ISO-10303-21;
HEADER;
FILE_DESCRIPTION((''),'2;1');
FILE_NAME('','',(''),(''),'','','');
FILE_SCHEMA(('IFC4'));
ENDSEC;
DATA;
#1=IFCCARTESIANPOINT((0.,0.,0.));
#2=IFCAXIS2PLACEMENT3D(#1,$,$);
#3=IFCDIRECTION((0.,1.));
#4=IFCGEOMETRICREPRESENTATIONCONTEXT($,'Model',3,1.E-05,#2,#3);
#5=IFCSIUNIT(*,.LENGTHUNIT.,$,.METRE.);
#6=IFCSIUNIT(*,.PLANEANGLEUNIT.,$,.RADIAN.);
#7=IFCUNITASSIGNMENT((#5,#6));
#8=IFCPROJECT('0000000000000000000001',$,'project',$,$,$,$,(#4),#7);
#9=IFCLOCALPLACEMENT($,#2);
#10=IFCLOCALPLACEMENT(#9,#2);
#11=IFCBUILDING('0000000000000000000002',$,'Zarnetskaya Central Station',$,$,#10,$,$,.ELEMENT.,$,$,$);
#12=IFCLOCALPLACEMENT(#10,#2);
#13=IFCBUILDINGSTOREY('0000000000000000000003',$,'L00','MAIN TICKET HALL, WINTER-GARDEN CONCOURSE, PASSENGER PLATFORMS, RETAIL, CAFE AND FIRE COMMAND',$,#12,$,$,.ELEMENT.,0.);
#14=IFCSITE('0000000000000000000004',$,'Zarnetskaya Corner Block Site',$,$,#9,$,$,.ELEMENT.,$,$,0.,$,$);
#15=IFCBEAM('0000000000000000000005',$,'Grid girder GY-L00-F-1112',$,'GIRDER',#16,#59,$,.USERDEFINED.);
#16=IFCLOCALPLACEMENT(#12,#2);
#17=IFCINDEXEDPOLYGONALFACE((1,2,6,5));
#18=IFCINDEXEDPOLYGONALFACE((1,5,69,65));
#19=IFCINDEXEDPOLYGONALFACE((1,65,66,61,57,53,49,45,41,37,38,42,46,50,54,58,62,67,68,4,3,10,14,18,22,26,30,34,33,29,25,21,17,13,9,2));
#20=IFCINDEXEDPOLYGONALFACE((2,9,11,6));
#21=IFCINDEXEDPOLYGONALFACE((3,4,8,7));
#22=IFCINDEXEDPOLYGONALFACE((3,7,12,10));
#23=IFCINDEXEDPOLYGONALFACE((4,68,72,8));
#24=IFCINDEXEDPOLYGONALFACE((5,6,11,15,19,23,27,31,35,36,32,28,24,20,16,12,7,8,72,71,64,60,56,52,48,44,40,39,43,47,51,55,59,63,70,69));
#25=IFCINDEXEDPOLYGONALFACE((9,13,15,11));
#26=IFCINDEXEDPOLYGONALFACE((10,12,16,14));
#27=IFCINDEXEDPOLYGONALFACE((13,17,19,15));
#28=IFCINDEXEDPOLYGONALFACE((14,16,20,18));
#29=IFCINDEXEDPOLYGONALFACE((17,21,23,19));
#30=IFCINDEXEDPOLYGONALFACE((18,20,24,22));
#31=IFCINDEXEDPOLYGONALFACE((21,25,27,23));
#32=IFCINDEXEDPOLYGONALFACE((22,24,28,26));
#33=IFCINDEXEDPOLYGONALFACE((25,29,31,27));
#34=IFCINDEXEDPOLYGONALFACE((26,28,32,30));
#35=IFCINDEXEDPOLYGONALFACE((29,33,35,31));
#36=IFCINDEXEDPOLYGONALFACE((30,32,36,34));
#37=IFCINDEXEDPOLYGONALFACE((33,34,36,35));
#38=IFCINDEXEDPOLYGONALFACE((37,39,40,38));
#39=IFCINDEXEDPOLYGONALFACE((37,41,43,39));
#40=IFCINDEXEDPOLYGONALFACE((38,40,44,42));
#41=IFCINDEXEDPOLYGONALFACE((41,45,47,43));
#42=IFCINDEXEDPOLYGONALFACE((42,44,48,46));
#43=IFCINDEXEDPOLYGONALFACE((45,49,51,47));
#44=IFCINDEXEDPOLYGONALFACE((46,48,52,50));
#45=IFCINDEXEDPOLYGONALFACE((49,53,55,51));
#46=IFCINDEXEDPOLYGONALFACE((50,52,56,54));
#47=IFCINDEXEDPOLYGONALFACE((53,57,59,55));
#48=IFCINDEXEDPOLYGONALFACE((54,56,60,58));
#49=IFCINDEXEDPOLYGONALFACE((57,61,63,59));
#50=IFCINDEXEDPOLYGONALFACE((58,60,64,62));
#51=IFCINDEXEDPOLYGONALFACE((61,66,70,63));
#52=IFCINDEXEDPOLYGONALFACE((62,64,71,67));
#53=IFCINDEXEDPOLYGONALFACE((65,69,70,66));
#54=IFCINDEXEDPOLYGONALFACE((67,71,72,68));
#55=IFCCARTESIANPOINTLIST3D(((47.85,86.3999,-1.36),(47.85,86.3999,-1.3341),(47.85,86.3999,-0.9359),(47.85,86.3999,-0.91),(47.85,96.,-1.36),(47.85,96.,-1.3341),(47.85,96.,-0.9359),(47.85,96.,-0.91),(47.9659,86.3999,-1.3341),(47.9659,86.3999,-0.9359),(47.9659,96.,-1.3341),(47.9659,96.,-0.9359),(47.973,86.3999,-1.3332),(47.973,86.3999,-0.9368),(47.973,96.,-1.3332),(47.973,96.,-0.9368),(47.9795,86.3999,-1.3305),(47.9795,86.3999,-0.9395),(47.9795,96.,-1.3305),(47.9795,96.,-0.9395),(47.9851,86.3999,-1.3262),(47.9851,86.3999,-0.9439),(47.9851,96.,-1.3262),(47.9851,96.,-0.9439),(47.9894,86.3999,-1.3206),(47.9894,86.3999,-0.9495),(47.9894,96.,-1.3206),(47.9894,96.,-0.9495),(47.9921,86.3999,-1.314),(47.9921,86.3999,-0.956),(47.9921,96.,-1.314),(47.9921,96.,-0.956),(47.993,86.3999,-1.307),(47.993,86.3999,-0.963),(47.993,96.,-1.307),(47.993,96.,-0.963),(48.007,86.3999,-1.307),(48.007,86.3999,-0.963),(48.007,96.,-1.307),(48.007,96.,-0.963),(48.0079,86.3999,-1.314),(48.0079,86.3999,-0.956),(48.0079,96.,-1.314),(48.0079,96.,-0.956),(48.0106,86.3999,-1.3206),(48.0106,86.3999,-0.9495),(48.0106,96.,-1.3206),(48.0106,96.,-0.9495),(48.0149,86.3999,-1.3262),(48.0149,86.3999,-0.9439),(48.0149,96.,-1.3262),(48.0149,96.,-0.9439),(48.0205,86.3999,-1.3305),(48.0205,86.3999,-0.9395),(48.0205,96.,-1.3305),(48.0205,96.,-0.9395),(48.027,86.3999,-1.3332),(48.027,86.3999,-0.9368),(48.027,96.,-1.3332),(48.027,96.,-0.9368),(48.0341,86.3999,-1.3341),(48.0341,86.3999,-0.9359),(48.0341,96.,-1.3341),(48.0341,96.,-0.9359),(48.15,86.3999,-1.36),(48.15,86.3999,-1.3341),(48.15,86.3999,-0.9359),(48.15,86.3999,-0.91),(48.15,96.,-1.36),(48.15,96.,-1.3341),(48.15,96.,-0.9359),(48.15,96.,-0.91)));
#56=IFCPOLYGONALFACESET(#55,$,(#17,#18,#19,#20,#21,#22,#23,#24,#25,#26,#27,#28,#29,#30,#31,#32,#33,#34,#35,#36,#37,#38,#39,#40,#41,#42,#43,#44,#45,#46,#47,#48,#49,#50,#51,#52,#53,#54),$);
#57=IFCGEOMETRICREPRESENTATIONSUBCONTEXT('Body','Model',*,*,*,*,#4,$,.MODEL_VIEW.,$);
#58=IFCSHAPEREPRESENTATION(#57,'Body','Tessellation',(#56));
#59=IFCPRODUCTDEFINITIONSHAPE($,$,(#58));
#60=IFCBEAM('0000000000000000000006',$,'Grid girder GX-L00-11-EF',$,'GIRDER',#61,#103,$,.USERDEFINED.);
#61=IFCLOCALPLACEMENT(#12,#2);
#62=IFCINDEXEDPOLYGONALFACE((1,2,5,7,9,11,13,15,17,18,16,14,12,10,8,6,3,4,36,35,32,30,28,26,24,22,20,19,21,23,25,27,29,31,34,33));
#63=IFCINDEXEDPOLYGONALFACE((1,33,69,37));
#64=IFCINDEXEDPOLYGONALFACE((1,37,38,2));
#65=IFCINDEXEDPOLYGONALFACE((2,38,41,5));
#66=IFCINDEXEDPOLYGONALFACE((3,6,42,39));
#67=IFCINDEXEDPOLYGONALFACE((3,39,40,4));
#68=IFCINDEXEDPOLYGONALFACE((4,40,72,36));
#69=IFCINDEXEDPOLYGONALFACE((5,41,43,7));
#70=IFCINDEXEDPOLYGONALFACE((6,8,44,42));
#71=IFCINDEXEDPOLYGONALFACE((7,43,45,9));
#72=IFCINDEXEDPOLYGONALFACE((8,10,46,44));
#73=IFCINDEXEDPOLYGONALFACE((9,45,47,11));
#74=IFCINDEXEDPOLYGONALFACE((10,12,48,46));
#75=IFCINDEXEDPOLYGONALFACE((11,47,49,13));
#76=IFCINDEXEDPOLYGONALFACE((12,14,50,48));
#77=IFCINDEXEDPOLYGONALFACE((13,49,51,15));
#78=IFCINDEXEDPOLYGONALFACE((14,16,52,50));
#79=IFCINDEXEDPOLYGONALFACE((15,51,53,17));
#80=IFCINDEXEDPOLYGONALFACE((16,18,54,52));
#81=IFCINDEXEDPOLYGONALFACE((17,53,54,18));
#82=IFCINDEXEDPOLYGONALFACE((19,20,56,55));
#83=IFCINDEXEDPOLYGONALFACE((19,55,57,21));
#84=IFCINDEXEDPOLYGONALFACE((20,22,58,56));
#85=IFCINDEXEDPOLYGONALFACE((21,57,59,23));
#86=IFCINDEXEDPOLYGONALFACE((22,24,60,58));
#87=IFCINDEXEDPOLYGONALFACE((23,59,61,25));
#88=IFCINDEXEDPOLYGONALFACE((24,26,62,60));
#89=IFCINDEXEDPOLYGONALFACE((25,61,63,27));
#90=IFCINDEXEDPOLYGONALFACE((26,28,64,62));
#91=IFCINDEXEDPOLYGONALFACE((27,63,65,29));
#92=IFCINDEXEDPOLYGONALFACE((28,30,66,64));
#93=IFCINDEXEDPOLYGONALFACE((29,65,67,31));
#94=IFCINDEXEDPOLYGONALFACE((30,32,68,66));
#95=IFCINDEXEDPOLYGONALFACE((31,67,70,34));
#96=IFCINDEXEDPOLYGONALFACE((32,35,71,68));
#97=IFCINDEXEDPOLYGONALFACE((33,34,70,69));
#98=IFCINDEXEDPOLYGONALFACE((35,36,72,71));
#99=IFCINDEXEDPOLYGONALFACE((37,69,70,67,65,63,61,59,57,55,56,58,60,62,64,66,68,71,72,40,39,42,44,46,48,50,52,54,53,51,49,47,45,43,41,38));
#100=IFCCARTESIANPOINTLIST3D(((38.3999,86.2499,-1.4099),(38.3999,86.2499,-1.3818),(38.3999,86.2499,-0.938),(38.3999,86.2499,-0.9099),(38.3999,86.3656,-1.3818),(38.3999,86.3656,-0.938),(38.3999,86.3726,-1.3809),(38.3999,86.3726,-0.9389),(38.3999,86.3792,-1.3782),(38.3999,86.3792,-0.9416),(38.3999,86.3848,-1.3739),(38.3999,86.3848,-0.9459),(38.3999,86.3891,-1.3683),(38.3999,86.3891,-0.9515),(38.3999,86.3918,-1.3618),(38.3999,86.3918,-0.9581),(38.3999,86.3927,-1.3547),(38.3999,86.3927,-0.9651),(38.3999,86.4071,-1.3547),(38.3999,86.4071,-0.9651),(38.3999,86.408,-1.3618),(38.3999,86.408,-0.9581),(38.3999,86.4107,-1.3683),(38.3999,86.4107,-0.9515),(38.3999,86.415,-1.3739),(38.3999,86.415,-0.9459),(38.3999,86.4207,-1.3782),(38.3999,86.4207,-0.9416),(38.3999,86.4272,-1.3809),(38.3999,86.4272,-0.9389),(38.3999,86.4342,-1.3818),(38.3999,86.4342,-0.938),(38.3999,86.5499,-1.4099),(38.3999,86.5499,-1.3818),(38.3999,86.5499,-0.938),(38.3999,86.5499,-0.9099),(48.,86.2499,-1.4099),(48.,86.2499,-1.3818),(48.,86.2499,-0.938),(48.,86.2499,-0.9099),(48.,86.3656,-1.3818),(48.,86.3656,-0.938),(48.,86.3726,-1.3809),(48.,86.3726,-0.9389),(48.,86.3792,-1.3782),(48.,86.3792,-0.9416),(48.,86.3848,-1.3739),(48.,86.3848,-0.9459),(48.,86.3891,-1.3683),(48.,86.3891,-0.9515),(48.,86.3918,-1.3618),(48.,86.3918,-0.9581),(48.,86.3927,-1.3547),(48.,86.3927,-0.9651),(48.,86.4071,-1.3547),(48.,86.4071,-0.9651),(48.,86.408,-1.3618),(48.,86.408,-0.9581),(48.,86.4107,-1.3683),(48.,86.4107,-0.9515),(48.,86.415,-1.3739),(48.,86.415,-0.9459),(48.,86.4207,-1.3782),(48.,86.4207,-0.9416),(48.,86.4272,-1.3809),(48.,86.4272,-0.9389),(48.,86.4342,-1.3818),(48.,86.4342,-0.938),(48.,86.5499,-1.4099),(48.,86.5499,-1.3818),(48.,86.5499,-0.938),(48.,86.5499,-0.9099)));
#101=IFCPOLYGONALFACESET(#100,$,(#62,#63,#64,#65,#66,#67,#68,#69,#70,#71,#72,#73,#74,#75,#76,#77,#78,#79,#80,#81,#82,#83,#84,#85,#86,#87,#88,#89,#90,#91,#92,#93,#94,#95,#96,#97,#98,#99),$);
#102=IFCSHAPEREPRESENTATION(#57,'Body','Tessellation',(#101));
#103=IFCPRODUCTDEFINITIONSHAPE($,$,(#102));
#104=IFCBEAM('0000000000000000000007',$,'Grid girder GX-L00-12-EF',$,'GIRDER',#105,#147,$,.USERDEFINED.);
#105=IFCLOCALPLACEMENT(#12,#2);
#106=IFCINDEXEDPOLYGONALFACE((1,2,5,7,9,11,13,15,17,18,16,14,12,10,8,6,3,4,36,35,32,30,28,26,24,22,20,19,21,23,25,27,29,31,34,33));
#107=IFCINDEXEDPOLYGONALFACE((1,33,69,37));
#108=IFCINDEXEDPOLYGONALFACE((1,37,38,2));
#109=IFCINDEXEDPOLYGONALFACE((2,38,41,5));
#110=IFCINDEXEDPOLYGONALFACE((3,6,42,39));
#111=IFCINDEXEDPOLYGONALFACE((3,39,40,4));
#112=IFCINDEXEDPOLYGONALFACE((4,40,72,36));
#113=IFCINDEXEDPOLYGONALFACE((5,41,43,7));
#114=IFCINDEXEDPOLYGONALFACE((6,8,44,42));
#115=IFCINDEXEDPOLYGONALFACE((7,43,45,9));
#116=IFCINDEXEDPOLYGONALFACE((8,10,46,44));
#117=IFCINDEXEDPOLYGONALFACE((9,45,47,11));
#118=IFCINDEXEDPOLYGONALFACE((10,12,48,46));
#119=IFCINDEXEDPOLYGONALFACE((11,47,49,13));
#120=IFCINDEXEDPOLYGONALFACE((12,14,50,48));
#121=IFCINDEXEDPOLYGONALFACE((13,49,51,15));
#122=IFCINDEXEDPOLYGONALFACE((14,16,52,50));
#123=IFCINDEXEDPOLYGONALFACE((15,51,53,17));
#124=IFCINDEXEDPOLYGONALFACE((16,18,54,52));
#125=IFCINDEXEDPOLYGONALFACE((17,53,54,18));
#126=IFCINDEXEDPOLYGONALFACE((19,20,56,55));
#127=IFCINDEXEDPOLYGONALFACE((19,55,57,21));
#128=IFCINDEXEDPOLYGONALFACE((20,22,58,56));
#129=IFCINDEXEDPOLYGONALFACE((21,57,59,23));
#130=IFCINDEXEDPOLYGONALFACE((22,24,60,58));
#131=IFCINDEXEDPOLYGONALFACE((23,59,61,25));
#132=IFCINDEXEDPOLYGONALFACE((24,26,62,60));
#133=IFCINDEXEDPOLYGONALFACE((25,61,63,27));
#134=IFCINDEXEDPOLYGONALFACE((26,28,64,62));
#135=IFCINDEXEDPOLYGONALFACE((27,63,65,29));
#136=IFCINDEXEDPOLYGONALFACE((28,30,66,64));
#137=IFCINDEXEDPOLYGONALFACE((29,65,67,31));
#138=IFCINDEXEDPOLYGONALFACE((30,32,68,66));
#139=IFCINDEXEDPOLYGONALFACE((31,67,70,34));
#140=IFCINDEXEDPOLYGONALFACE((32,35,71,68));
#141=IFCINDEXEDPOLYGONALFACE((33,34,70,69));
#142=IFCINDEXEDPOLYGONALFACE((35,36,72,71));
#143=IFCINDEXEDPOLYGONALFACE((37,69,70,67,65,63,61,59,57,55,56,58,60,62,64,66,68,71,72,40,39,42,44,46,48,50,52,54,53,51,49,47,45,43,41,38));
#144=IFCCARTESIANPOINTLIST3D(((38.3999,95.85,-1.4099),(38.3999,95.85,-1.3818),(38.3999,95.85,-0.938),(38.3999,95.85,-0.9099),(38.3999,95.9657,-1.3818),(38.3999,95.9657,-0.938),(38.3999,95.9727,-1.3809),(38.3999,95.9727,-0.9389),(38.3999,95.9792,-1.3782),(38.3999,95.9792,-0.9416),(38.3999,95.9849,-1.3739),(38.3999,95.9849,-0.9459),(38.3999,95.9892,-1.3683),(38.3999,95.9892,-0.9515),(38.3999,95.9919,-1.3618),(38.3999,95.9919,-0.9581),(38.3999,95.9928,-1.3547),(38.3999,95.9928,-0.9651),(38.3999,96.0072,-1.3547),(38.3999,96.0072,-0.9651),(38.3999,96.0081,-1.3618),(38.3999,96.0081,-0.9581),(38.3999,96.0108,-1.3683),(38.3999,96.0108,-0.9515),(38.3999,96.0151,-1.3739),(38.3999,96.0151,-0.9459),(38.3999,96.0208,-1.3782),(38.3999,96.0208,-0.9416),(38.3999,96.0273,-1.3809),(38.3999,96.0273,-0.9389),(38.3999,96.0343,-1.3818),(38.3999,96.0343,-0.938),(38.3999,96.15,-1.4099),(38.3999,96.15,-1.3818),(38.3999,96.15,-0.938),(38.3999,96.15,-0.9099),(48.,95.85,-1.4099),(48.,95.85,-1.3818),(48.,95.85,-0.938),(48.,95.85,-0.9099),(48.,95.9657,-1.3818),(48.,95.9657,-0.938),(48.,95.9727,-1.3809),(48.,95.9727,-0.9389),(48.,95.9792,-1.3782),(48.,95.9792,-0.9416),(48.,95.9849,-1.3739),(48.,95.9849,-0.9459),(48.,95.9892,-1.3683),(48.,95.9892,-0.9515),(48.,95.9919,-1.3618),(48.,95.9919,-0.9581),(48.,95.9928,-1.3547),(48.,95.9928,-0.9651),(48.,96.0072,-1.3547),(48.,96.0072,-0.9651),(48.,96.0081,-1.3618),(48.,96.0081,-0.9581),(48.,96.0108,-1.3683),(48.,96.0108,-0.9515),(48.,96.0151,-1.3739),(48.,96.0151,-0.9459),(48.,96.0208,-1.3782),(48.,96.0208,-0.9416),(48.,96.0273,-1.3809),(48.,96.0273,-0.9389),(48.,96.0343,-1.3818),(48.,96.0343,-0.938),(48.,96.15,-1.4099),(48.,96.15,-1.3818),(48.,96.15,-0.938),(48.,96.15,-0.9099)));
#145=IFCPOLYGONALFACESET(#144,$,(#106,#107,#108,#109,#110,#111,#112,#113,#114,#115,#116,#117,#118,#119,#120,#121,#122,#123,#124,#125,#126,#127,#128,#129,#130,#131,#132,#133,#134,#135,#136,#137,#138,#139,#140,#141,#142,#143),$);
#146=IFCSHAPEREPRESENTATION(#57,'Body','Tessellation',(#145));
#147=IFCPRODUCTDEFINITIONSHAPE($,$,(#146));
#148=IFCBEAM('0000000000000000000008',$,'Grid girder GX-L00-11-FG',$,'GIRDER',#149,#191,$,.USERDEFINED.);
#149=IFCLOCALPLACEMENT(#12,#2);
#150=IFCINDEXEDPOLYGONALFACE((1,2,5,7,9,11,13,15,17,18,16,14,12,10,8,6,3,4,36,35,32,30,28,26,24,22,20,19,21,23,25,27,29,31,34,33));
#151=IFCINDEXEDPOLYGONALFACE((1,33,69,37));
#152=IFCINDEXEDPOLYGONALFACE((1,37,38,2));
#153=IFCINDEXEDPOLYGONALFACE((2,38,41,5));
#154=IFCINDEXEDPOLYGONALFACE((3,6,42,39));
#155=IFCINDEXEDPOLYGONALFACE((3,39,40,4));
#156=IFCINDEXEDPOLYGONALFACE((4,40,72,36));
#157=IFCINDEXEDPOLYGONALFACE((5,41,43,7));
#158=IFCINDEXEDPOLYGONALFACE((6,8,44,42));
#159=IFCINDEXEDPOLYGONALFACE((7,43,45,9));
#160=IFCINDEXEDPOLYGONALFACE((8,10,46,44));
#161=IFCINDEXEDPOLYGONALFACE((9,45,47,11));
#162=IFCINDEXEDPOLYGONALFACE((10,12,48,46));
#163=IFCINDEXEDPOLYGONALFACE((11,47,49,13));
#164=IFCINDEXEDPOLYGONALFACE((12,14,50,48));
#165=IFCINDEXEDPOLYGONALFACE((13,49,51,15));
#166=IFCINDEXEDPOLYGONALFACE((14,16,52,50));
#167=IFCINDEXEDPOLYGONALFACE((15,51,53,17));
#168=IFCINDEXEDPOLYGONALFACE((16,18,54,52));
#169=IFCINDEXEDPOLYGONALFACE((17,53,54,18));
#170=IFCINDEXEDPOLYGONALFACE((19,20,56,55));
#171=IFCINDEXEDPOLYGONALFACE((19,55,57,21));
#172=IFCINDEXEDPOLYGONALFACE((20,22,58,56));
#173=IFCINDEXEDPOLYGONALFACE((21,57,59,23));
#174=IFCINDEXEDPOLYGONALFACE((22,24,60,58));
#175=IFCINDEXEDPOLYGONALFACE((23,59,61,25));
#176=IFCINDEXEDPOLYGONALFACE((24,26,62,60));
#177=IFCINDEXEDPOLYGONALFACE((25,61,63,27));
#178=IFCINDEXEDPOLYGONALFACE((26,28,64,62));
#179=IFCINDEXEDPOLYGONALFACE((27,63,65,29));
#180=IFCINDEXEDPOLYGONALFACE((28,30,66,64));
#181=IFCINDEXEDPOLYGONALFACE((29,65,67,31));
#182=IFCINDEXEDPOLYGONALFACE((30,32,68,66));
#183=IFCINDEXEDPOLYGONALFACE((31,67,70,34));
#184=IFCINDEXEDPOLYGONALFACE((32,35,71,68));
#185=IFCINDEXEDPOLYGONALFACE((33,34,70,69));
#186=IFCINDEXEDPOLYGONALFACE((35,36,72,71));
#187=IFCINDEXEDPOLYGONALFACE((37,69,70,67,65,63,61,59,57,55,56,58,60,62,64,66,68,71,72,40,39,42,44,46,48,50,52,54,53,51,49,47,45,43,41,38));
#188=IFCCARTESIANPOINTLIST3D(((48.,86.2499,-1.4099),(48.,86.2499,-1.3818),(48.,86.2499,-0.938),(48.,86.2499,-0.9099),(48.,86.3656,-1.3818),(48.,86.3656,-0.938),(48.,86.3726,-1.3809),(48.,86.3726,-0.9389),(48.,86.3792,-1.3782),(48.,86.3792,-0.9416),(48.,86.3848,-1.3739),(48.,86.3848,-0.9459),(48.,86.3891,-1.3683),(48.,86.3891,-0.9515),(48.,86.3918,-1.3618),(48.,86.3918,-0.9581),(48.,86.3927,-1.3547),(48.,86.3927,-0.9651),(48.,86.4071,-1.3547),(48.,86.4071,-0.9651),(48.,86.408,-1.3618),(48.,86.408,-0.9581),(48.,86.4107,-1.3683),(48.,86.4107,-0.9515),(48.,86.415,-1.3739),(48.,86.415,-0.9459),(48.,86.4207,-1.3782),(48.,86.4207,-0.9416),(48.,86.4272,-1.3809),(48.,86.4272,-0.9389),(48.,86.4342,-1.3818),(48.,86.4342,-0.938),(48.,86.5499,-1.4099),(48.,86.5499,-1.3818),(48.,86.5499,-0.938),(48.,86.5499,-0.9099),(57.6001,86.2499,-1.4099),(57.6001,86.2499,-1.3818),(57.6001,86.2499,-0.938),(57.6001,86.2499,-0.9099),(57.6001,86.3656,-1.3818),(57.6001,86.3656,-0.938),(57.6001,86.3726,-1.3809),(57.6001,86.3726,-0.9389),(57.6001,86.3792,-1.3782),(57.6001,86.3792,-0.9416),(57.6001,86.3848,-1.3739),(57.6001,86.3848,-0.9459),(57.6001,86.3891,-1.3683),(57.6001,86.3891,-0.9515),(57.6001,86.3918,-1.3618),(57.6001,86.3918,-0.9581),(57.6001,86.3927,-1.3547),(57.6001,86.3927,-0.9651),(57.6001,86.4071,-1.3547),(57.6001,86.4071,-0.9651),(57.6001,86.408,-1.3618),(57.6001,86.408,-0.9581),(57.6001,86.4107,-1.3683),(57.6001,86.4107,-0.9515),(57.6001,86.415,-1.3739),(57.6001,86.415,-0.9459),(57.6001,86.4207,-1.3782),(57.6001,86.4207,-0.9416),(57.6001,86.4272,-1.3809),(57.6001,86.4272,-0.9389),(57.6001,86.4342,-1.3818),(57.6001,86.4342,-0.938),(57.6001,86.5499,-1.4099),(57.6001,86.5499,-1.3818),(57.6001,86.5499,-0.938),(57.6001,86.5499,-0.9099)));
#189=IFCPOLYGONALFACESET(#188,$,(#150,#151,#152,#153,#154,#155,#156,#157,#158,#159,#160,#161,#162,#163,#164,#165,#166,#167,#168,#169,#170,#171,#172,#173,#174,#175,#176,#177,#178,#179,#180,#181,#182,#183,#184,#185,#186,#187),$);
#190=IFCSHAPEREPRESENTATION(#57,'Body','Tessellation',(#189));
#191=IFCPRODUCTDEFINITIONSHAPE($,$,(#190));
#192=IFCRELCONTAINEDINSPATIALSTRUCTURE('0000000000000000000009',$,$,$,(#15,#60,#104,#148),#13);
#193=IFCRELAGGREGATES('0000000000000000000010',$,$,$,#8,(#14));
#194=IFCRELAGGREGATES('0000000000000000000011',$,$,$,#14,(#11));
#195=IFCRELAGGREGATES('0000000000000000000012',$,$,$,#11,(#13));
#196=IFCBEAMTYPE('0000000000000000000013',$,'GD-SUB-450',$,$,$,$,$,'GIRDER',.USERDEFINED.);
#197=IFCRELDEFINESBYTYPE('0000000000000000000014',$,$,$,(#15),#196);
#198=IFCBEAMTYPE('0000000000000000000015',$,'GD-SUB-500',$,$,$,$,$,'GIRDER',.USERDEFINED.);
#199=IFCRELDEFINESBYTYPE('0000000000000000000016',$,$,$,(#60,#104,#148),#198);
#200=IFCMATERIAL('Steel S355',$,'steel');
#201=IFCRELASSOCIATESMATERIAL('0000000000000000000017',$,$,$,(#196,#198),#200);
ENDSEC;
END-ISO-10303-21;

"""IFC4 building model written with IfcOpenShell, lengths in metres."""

from ifc_helpers import new_model, si_unit, direction, frame, origin, origin_2d, place, context, subcontext, project, spatial, i_section, extrude, material, material_profile, profile_set, type_object, element, save


model = new_model("IFC4")

# Units and contexts
model_context = context("Model", 3, precision=1e-05, world=origin(), true_north=direction((0.0, 1.0)))
body_context = subcontext(model_context, "Body", "Model", "MODEL_VIEW")
ifc_project = project(units=[si_unit("LENGTHUNIT", "METRE"), si_unit("PLANEANGLEUNIT", "RADIAN")], contexts=[model_context])

# Site, building, storey
site_placement = place(None, origin())
site = spatial("IfcSite", under=ifc_project, at=site_placement, Name="Zarnetskaya Corner Block Site", CompositionType="ELEMENT", RefElevation=0.0)
building_placement = place(site_placement, origin())
building = spatial("IfcBuilding", under=site, at=building_placement, Name="Zarnetskaya Central Station", CompositionType="ELEMENT")
storey_placement = place(building_placement, origin())
storey = spatial("IfcBuildingStorey", under=building, at=storey_placement, Name="L00", Description="MAIN TICKET HALL, WINTER-GARDEN CONCOURSE, PASSENGER PLATFORMS, RETAIL, CAFE AND FIRE COMMAND", CompositionType="ELEMENT", Elevation=0.0)

# Shared definitions
ifc_material = material(Name="Steel S355", Category="steel")

# Beams
ifc_material_profile_1 = material_profile(ifc_material, i_section(OverallWidth=0.3, OverallDepth=0.45, WebThickness=0.0139, FlangeThickness=0.0259, FilletRadius=0.0271, at=origin_2d()), Name="HEB 450")
ifc_profile_set_1 = profile_set([ifc_material_profile_1], Name="Steel S355")
beam_type_1 = type_object("IfcBeamType", Name="GD-SUB-450", ElementType="GIRDER", PredefinedType="USERDEFINED", material=ifc_profile_set_1)
beam_1_placement = place(storey_placement, frame((48.0, 86.3999, -1.135), z_axis=(0.0, 1.0, 0.0), x_axis=(-1.0, 0.0, 0.0)))
element("IfcBeam", 1, at=beam_1_placement, inside=storey, type_object=beam_type_1, Name="Grid girder GY-L00-F-1112", ObjectType="GIRDER", PredefinedType="USERDEFINED", context=body_context, shape_type="SweptSolid", body=[
    extrude(i_section(OverallWidth=0.3, OverallDepth=0.45, WebThickness=0.0139, FlangeThickness=0.0259, FilletRadius=0.0271, at=origin_2d()), origin(), (0.0, 0.0, 1.0), 9.6001),
])
ifc_material_profile_2 = material_profile(ifc_material, i_section(OverallWidth=0.3, OverallDepth=0.5, WebThickness=0.0144, FlangeThickness=0.0281, FilletRadius=0.0271, at=origin_2d()), Name="HEB 500")
ifc_profile_set_2 = profile_set([ifc_material_profile_2], Name="Steel S355")
beam_type_2 = type_object("IfcBeamType", Name="GD-SUB-500", ElementType="GIRDER", PredefinedType="USERDEFINED", material=ifc_profile_set_2)
for number, where, z_axis, x_axis, name in (
    (2, (38.3999, 86.3999, -1.1599), (1.0, 0.0, 0.0), (0.0, 1.0, 0.0), "Grid girder GX-L00-11-EF"),
    (3, (38.3999, 96.0, -1.1599), (1.0, 0.0, 0.0), (0.0, 1.0, 0.0), "Grid girder GX-L00-12-EF"),
    (4, (48.0, 86.3999, -1.1599), (1.0, 0.0, 0.0), (0.0, 1.0, 0.0), "Grid girder GX-L00-11-FG"),
):
    element("IfcBeam", number, at=place(storey_placement, frame(where, z_axis=z_axis, x_axis=x_axis)), inside=storey, type_object=beam_type_2, Name=name, ObjectType="GIRDER", PredefinedType="USERDEFINED", context=body_context, shape_type="SweptSolid", body=[
        extrude(i_section(OverallWidth=0.3, OverallDepth=0.5, WebThickness=0.0144, FlangeThickness=0.0281, FilletRadius=0.0271, at=origin_2d()), origin(), (0.0, 0.0, 1.0), 9.6001),
    ])

save(model, "model.ifc")
